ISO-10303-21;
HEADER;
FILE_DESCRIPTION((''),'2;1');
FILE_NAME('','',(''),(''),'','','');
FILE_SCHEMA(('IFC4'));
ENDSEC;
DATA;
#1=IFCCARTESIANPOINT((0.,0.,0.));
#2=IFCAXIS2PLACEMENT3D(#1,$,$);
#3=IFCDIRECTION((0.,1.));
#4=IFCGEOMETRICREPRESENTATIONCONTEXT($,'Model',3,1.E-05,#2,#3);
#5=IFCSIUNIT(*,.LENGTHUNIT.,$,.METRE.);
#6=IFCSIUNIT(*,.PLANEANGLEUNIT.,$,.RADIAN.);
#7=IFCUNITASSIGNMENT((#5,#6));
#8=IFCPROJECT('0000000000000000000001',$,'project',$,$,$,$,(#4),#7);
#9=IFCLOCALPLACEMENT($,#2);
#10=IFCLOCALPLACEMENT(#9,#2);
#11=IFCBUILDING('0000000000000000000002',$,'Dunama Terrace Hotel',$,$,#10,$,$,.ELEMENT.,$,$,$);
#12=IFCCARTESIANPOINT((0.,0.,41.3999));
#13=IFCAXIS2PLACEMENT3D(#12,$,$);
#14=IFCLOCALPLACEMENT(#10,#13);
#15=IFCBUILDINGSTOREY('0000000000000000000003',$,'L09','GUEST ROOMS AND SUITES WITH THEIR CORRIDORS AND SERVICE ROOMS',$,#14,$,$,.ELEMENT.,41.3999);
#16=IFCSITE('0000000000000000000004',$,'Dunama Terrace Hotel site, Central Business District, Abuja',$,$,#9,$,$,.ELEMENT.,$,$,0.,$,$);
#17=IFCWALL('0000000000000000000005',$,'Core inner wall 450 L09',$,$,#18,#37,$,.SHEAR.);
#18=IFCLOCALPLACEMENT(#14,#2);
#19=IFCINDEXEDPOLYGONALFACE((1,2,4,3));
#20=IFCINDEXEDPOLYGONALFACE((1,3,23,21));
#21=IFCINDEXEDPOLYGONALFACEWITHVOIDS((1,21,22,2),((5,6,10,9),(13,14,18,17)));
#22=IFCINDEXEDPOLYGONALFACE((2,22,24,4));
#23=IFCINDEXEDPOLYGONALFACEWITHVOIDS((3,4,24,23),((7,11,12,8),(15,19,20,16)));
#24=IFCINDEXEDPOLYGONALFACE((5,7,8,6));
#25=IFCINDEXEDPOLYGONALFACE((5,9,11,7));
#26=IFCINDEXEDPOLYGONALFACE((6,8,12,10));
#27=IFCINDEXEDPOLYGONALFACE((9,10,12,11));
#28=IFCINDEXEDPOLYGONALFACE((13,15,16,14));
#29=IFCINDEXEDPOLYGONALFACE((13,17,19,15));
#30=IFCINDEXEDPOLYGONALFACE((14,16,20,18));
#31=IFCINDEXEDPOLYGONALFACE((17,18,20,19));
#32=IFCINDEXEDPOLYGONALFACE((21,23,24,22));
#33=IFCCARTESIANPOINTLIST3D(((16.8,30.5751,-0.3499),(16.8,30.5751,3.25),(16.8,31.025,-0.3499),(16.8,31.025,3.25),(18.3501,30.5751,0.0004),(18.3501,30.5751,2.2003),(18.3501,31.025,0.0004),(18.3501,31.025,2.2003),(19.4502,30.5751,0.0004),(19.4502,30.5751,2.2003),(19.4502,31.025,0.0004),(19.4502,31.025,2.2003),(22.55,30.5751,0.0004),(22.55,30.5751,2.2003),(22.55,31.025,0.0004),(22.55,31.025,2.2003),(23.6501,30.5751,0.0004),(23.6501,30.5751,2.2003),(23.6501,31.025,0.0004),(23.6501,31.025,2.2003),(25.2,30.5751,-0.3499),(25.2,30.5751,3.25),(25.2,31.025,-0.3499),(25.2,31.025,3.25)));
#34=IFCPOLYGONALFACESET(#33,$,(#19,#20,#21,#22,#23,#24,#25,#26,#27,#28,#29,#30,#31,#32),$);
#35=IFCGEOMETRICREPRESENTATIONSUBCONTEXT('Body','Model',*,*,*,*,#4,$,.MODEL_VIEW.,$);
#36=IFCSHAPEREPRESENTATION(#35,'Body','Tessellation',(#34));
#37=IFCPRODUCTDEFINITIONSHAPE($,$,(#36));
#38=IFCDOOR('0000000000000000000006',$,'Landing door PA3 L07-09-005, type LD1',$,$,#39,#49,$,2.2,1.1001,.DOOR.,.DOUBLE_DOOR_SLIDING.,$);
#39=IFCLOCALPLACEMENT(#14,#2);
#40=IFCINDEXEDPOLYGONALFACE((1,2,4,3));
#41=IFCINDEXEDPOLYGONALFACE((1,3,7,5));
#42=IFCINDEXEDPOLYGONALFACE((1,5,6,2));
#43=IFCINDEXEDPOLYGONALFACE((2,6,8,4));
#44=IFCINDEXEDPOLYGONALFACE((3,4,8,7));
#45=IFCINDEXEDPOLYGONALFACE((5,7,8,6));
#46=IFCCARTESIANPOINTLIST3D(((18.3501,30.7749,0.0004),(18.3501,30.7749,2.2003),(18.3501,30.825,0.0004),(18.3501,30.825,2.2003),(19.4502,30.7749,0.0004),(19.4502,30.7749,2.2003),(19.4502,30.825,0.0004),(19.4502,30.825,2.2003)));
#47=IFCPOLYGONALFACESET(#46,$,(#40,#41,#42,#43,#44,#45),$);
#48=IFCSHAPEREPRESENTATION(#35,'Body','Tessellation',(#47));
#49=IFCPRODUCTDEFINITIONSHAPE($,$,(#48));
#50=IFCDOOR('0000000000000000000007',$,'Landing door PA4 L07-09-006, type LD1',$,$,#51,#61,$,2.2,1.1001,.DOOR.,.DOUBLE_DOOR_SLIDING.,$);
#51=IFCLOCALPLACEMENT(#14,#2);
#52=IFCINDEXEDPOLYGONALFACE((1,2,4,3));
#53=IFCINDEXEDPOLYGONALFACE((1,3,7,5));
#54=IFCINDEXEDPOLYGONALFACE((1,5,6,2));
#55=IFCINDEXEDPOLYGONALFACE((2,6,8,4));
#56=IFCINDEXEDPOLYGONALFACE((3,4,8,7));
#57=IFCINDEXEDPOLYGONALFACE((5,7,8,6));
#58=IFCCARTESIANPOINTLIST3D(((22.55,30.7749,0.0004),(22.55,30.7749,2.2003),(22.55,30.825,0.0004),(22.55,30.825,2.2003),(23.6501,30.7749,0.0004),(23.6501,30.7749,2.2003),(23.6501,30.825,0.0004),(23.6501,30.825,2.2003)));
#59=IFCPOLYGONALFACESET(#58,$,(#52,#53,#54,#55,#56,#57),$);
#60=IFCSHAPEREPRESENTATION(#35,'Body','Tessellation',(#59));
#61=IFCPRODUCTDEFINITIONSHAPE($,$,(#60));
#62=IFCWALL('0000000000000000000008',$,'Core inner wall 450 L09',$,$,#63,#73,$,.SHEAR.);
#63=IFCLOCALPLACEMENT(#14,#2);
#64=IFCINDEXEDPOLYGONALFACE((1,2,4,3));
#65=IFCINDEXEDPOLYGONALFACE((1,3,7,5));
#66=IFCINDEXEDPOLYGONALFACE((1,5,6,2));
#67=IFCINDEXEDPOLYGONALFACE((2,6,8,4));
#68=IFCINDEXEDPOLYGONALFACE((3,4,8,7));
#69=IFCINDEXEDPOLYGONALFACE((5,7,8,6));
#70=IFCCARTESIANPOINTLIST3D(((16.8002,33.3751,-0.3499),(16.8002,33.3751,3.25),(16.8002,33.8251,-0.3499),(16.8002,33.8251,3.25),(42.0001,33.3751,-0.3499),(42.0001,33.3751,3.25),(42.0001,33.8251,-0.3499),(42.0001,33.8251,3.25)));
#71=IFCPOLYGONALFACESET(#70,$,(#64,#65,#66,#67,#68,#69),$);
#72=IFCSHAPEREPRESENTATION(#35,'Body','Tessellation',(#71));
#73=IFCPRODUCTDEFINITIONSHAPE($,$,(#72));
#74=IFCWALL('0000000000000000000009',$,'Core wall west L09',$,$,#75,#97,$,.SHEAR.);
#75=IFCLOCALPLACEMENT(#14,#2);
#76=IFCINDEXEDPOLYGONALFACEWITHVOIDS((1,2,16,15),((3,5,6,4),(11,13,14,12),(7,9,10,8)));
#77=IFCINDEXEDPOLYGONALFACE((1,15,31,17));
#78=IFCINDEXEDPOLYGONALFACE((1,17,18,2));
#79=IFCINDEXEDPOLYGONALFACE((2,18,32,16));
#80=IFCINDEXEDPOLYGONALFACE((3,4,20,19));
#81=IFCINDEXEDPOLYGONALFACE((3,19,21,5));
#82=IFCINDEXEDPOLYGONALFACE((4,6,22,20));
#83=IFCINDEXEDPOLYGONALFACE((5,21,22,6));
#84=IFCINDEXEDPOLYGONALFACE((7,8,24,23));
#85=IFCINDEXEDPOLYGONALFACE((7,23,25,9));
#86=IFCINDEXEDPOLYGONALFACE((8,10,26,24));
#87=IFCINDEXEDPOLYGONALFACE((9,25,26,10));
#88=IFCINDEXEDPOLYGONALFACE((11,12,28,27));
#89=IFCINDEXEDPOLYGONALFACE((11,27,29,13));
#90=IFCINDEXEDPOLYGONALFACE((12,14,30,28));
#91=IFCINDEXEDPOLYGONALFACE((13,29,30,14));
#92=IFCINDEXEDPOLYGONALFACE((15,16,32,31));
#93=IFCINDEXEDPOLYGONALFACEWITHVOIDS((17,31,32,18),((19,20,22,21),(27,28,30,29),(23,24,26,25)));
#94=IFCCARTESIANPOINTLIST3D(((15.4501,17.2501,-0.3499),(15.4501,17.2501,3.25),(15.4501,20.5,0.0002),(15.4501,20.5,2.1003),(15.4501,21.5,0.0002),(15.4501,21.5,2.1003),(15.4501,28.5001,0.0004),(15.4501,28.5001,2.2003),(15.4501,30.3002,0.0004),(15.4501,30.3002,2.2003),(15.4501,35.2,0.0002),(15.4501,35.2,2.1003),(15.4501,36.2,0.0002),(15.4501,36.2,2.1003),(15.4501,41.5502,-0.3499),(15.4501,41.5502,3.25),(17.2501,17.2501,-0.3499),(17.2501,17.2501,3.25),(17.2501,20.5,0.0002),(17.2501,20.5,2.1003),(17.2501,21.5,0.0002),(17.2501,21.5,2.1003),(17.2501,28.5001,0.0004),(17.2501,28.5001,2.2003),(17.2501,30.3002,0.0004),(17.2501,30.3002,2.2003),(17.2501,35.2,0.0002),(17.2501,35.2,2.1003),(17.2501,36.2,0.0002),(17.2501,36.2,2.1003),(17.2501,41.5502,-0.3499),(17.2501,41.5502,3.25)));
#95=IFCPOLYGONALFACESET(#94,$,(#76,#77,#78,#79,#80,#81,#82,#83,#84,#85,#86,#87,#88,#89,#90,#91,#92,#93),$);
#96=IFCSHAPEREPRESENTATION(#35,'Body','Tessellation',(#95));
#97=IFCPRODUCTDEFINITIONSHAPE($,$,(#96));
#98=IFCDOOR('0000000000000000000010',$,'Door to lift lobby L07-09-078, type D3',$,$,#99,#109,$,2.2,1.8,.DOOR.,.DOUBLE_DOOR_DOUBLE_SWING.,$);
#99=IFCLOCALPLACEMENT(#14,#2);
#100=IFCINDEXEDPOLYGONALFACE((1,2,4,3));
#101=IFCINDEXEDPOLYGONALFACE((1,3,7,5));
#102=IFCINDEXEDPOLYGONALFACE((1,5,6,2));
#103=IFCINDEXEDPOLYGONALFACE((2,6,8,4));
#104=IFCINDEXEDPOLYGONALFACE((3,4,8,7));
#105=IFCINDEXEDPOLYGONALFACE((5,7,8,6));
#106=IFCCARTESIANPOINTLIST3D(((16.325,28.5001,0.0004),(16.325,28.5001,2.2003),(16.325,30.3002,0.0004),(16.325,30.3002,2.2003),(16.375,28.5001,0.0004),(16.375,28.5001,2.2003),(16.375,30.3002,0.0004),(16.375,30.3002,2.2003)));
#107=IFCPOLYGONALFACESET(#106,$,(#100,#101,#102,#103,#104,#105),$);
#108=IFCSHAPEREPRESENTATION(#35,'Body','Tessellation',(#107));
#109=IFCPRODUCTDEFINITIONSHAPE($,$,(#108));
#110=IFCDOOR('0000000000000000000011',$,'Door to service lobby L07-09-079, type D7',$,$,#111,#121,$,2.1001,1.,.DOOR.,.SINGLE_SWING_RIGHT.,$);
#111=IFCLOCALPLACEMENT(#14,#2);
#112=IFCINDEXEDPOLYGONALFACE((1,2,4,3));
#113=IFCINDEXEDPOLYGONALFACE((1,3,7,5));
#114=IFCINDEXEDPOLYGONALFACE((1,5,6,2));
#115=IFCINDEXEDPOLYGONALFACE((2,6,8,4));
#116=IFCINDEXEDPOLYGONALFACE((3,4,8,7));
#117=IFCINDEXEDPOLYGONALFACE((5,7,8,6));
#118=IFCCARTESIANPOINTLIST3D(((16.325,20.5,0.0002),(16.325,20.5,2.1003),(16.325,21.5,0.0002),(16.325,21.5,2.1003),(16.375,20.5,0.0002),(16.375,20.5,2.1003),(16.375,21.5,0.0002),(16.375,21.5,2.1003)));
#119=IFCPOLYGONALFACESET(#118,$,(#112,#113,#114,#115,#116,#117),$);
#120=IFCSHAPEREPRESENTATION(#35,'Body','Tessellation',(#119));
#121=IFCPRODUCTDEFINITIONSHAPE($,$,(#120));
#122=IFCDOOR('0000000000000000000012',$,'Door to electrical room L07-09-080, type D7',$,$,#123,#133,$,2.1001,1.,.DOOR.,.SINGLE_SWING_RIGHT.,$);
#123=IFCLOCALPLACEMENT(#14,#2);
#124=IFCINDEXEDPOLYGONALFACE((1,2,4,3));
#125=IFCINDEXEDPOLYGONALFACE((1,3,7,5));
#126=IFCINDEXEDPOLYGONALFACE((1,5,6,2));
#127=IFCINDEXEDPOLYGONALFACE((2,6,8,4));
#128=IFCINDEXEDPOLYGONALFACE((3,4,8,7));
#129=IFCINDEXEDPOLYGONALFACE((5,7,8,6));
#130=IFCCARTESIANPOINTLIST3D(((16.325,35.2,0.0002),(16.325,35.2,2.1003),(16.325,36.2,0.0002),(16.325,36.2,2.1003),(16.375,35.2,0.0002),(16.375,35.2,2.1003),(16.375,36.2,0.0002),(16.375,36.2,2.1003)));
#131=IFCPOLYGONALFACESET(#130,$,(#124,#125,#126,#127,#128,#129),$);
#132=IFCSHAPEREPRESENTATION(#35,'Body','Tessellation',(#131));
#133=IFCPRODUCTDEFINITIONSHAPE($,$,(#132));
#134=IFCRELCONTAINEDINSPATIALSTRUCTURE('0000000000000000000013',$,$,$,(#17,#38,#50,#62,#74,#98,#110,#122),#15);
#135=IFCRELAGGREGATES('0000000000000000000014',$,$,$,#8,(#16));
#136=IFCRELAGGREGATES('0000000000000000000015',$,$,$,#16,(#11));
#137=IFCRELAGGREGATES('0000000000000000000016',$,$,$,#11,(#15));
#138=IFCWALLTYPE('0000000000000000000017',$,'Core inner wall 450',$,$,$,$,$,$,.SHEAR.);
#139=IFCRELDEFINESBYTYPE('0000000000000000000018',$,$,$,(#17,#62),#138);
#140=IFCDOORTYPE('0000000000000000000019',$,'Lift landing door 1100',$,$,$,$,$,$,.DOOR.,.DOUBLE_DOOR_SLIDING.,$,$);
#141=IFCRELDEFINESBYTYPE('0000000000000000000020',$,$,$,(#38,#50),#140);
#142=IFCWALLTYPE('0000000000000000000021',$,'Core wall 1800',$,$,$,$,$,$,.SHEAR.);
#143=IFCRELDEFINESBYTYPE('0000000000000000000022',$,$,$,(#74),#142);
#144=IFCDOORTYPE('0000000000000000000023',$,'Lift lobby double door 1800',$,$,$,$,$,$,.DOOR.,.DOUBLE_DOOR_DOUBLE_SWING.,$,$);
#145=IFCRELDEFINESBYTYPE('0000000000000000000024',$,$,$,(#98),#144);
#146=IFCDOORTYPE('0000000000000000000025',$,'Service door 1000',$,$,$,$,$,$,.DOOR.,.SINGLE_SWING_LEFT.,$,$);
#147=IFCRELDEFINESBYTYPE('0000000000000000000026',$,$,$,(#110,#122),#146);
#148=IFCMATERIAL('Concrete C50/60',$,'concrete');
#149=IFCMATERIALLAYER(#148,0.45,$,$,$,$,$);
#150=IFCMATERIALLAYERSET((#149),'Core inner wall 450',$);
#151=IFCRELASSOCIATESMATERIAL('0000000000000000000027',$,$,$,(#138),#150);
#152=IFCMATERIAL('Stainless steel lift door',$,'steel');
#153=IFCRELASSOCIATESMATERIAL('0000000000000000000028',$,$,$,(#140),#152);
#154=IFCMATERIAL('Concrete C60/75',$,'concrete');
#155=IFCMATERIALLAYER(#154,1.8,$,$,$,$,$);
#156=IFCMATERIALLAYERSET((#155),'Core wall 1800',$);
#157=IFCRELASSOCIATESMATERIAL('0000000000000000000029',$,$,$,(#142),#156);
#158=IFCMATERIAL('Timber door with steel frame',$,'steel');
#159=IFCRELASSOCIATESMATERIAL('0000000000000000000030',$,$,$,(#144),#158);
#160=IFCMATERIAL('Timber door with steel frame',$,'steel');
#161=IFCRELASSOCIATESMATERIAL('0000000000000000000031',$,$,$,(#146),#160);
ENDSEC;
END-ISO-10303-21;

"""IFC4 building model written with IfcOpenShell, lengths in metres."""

from ifc_helpers import new_model, si_unit, direction, frame, frame_2d, origin, place, context, subcontext, project, spatial, rectangle, extrude, material, layer, layer_set, type_object, element, fill, save


model = new_model("IFC4")

# Units and contexts
model_context = context("Model", 3, precision=1e-05, world=origin(), true_north=direction((0.0, 1.0)))
body_context = subcontext(model_context, "Body", "Model", "MODEL_VIEW")
ifc_project = project(units=[si_unit("LENGTHUNIT", "METRE"), si_unit("PLANEANGLEUNIT", "RADIAN")], contexts=[model_context])

# Site, building, storey
site_placement = place(None, origin())
site = spatial("IfcSite", under=ifc_project, at=site_placement, Name="Dunama Terrace Hotel site, Central Business District, Abuja", CompositionType="ELEMENT", RefElevation=0.0)
building_placement = place(site_placement, origin())
building = spatial("IfcBuilding", under=site, at=building_placement, Name="Dunama Terrace Hotel", CompositionType="ELEMENT")
storey_placement = place(building_placement, frame((0.0, 0.0, 41.3999)))
storey = spatial("IfcBuildingStorey", under=building, at=storey_placement, Name="L09", Description="GUEST ROOMS AND SUITES WITH THEIR CORRIDORS AND SERVICE ROOMS", CompositionType="ELEMENT", Elevation=41.3999)

# Wall, openings, doors
ifc_material_1 = material(Name="Concrete C50/60", Category="concrete")
ifc_layer_1 = layer(ifc_material_1, 0.45)
ifc_layer_set_1 = layer_set([ifc_layer_1], Name="Core inner wall 450")
wall_type_1 = type_object("IfcWallType", Name="Core inner wall 450", PredefinedType="SHEAR", material=ifc_layer_set_1)
ifc_material_2 = material(Name="Stainless steel lift door", Category="steel")
door_type_1 = type_object("IfcDoorType", Name="Lift landing door 1100", OperationType="DOUBLE_DOOR_SLIDING", PredefinedType="DOOR", material=ifc_material_2)
wall_1_placement = place(storey_placement, frame((16.8, 30.8, -0.3499), z_axis=(0.0, 0.0, 1.0), x_axis=(1.0, 0.0, 0.0)))
wall_1 = element("IfcWall", 1, at=wall_1_placement, inside=storey, type_object=wall_type_1, Name="Core inner wall 450 L09", PredefinedType="SHEAR", context=body_context, shape_type="SweptSolid", body=[
    extrude(rectangle(XDim=8.3999, YDim=0.45, at=frame_2d((4.2, 0.0))), origin(), (0.0, 0.0, 1.0), 3.5999),
])
opening_1_placement = place(wall_1_placement, frame((1.55, 0.0, 0.3501)))
opening_1 = element("IfcOpeningElement", 2, at=opening_1_placement, cuts=wall_1, PredefinedType="OPENING", context=body_context, shape_type="SweptSolid", body=[
    extrude(rectangle(XDim=1.1001, YDim=2.2, at=frame_2d((0.55, 1.1001))), frame((0.0, 0.2349, 0.0), z_axis=(0.0, -1.0, 0.0), x_axis=(1.0, 0.0, 0.0)), (0.0, 0.0, 1.0), 0.47),
])
opening_2_placement = place(wall_1_placement, frame((5.75, 0.0, 0.3501)))
opening_2 = element("IfcOpeningElement", 3, at=opening_2_placement, cuts=wall_1, PredefinedType="OPENING", context=body_context, shape_type="SweptSolid", body=[
    extrude(rectangle(XDim=1.1001, YDim=2.2, at=frame_2d((0.55, 1.1001))), frame((0.0, 0.2349, 0.0), z_axis=(0.0, -1.0, 0.0), x_axis=(1.0, 0.0, 0.0)), (0.0, 0.0, 1.0), 0.47),
])
door_1_placement = place(opening_1_placement, origin())
door_1 = element("IfcDoor", 4, at=door_1_placement, inside=storey, type_object=door_type_1, Name="Landing door PA3 L07-09-005, type LD1", OperationType="DOUBLE_DOOR_SLIDING", OverallHeight=2.2, OverallWidth=1.1001, PredefinedType="DOOR", context=body_context, shape_type="SweptSolid", body=[
    extrude(rectangle(XDim=1.1001, YDim=2.2, at=frame_2d((0.55, 1.1001))), frame((0.0, 0.0249, 0.0), z_axis=(0.0, -1.0, 0.0), x_axis=(1.0, 0.0, 0.0)), (0.0, 0.0, 1.0), 0.05),
])
fill(opening_1, door_1)
door_2_placement = place(opening_2_placement, origin())
door_2 = element("IfcDoor", 5, at=door_2_placement, inside=storey, type_object=door_type_1, Name="Landing door PA4 L07-09-006, type LD1", OperationType="DOUBLE_DOOR_SLIDING", OverallHeight=2.2, OverallWidth=1.1001, PredefinedType="DOOR", context=body_context, shape_type="SweptSolid", body=[
    extrude(rectangle(XDim=1.1001, YDim=2.2, at=frame_2d((0.55, 1.1001))), frame((0.0, 0.0249, 0.0), z_axis=(0.0, -1.0, 0.0), x_axis=(1.0, 0.0, 0.0)), (0.0, 0.0, 1.0), 0.05),
])
fill(opening_2, door_2)

# Wall
wall_2_placement = place(storey_placement, frame((16.8, 33.6001, -0.3499), z_axis=(0.0, 0.0, 1.0), x_axis=(1.0, 0.0, 0.0)))
element("IfcWall", 6, at=wall_2_placement, inside=storey, type_object=wall_type_1, Name="Core inner wall 450 L09", PredefinedType="SHEAR", context=body_context, shape_type="SweptSolid", body=[
    extrude(rectangle(XDim=25.2, YDim=0.45, at=frame_2d((12.6001, 0.0))), origin(), (0.0, 0.0, 1.0), 3.5999),
])

# Wall, openings, doors
ifc_material_3 = material(Name="Concrete C60/75", Category="concrete")
ifc_layer_2 = layer(ifc_material_3, 1.8)
ifc_layer_set_2 = layer_set([ifc_layer_2], Name="Core wall 1800")
wall_type_2 = type_object("IfcWallType", Name="Core wall 1800", PredefinedType="SHEAR", material=ifc_layer_set_2)
wall_3_placement = place(storey_placement, frame((16.3501, 41.55, -0.3499), z_axis=(0.0, 0.0, 1.0), x_axis=(0.0, -1.0, 0.0)))
wall_3 = element("IfcWall", 7, at=wall_3_placement, inside=storey, type_object=wall_type_2, Name="Core wall west L09", PredefinedType="SHEAR", context=body_context, shape_type="SweptSolid", body=[
    extrude(rectangle(XDim=24.3, YDim=1.8, at=frame_2d((12.1499, 0.0))), origin(), (0.0, 0.0, 1.0), 3.5999),
])
opening_3_placement = place(wall_3_placement, frame((11.25, 0.0, 0.3501)))
opening_3 = element("IfcOpeningElement", 8, at=opening_3_placement, cuts=wall_3, PredefinedType="OPENING", context=body_context, shape_type="SweptSolid", body=[
    extrude(rectangle(XDim=1.8, YDim=2.2, at=frame_2d((0.8999, 1.1001))), frame((0.0, 0.9099, 0.0), z_axis=(0.0, -1.0, 0.0), x_axis=(1.0, 0.0, 0.0)), (0.0, 0.0, 1.0), 1.8201),
])
opening_4_placement = place(wall_3_placement, frame((20.05, 0.0, 0.3501)))
opening_4 = element("IfcOpeningElement", 9, at=opening_4_placement, cuts=wall_3, PredefinedType="OPENING", context=body_context, shape_type="SweptSolid", body=[
    extrude(rectangle(XDim=1.0, YDim=2.1001, at=frame_2d((0.5, 1.05))), frame((0.0, 0.9099, 0.0), z_axis=(0.0, -1.0, 0.0), x_axis=(1.0, 0.0, 0.0)), (0.0, 0.0, 1.0), 1.8201),
])
opening_5_placement = place(wall_3_placement, frame((5.3501, 0.0, 0.3501)))
opening_5 = element("IfcOpeningElement", 10, at=opening_5_placement, cuts=wall_3, PredefinedType="OPENING", context=body_context, shape_type="SweptSolid", body=[
    extrude(rectangle(XDim=1.0, YDim=2.1001, at=frame_2d((0.5, 1.05))), frame((0.0, 0.9099, 0.0), z_axis=(0.0, -1.0, 0.0), x_axis=(1.0, 0.0, 0.0)), (0.0, 0.0, 1.0), 1.8201),
])
ifc_material_4 = material(Name="Timber door with steel frame", Category="steel")
door_type_2 = type_object("IfcDoorType", Name="Lift lobby double door 1800", OperationType="DOUBLE_DOOR_DOUBLE_SWING", PredefinedType="DOOR", material=ifc_material_4)
door_3_placement = place(opening_3_placement, origin())
door_3 = element("IfcDoor", 11, at=door_3_placement, inside=storey, type_object=door_type_2, Name="Door to lift lobby L07-09-078, type D3", OperationType="DOUBLE_DOOR_DOUBLE_SWING", OverallHeight=2.2, OverallWidth=1.8, PredefinedType="DOOR", context=body_context, shape_type="SweptSolid", body=[
    extrude(rectangle(XDim=1.8, YDim=2.2, at=frame_2d((0.8999, 1.1001))), frame((0.0, 0.0249, 0.0), z_axis=(0.0, -1.0, 0.0), x_axis=(1.0, 0.0, 0.0)), (0.0, 0.0, 1.0), 0.05),
])
fill(opening_3, door_3)
ifc_material_5 = material(Name="Timber door with steel frame", Category="steel")
door_type_3 = type_object("IfcDoorType", Name="Service door 1000", OperationType="SINGLE_SWING_LEFT", PredefinedType="DOOR", material=ifc_material_5)
door_4_placement = place(opening_4_placement, origin())
door_4 = element("IfcDoor", 12, at=door_4_placement, inside=storey, type_object=door_type_3, Name="Door to service lobby L07-09-079, type D7", OperationType="SINGLE_SWING_RIGHT", OverallHeight=2.1001, OverallWidth=1.0, PredefinedType="DOOR", context=body_context, shape_type="SweptSolid", body=[
    extrude(rectangle(XDim=1.0, YDim=2.1001, at=frame_2d((0.5, 1.05))), frame((0.0, 0.0249, 0.0), z_axis=(0.0, -1.0, 0.0), x_axis=(1.0, 0.0, 0.0)), (0.0, 0.0, 1.0), 0.05),
])
fill(opening_4, door_4)
door_5_placement = place(opening_5_placement, origin())
door_5 = element("IfcDoor", 13, at=door_5_placement, inside=storey, type_object=door_type_3, Name="Door to electrical room L07-09-080, type D7", OperationType="SINGLE_SWING_RIGHT", OverallHeight=2.1001, OverallWidth=1.0, PredefinedType="DOOR", context=body_context, shape_type="SweptSolid", body=[
    extrude(rectangle(XDim=1.0, YDim=2.1001, at=frame_2d((0.5, 1.05))), frame((0.0, 0.0249, 0.0), z_axis=(0.0, -1.0, 0.0), x_axis=(1.0, 0.0, 0.0)), (0.0, 0.0, 1.0), 0.05),
])
fill(opening_5, door_5)

save(model, "model.ifc")
